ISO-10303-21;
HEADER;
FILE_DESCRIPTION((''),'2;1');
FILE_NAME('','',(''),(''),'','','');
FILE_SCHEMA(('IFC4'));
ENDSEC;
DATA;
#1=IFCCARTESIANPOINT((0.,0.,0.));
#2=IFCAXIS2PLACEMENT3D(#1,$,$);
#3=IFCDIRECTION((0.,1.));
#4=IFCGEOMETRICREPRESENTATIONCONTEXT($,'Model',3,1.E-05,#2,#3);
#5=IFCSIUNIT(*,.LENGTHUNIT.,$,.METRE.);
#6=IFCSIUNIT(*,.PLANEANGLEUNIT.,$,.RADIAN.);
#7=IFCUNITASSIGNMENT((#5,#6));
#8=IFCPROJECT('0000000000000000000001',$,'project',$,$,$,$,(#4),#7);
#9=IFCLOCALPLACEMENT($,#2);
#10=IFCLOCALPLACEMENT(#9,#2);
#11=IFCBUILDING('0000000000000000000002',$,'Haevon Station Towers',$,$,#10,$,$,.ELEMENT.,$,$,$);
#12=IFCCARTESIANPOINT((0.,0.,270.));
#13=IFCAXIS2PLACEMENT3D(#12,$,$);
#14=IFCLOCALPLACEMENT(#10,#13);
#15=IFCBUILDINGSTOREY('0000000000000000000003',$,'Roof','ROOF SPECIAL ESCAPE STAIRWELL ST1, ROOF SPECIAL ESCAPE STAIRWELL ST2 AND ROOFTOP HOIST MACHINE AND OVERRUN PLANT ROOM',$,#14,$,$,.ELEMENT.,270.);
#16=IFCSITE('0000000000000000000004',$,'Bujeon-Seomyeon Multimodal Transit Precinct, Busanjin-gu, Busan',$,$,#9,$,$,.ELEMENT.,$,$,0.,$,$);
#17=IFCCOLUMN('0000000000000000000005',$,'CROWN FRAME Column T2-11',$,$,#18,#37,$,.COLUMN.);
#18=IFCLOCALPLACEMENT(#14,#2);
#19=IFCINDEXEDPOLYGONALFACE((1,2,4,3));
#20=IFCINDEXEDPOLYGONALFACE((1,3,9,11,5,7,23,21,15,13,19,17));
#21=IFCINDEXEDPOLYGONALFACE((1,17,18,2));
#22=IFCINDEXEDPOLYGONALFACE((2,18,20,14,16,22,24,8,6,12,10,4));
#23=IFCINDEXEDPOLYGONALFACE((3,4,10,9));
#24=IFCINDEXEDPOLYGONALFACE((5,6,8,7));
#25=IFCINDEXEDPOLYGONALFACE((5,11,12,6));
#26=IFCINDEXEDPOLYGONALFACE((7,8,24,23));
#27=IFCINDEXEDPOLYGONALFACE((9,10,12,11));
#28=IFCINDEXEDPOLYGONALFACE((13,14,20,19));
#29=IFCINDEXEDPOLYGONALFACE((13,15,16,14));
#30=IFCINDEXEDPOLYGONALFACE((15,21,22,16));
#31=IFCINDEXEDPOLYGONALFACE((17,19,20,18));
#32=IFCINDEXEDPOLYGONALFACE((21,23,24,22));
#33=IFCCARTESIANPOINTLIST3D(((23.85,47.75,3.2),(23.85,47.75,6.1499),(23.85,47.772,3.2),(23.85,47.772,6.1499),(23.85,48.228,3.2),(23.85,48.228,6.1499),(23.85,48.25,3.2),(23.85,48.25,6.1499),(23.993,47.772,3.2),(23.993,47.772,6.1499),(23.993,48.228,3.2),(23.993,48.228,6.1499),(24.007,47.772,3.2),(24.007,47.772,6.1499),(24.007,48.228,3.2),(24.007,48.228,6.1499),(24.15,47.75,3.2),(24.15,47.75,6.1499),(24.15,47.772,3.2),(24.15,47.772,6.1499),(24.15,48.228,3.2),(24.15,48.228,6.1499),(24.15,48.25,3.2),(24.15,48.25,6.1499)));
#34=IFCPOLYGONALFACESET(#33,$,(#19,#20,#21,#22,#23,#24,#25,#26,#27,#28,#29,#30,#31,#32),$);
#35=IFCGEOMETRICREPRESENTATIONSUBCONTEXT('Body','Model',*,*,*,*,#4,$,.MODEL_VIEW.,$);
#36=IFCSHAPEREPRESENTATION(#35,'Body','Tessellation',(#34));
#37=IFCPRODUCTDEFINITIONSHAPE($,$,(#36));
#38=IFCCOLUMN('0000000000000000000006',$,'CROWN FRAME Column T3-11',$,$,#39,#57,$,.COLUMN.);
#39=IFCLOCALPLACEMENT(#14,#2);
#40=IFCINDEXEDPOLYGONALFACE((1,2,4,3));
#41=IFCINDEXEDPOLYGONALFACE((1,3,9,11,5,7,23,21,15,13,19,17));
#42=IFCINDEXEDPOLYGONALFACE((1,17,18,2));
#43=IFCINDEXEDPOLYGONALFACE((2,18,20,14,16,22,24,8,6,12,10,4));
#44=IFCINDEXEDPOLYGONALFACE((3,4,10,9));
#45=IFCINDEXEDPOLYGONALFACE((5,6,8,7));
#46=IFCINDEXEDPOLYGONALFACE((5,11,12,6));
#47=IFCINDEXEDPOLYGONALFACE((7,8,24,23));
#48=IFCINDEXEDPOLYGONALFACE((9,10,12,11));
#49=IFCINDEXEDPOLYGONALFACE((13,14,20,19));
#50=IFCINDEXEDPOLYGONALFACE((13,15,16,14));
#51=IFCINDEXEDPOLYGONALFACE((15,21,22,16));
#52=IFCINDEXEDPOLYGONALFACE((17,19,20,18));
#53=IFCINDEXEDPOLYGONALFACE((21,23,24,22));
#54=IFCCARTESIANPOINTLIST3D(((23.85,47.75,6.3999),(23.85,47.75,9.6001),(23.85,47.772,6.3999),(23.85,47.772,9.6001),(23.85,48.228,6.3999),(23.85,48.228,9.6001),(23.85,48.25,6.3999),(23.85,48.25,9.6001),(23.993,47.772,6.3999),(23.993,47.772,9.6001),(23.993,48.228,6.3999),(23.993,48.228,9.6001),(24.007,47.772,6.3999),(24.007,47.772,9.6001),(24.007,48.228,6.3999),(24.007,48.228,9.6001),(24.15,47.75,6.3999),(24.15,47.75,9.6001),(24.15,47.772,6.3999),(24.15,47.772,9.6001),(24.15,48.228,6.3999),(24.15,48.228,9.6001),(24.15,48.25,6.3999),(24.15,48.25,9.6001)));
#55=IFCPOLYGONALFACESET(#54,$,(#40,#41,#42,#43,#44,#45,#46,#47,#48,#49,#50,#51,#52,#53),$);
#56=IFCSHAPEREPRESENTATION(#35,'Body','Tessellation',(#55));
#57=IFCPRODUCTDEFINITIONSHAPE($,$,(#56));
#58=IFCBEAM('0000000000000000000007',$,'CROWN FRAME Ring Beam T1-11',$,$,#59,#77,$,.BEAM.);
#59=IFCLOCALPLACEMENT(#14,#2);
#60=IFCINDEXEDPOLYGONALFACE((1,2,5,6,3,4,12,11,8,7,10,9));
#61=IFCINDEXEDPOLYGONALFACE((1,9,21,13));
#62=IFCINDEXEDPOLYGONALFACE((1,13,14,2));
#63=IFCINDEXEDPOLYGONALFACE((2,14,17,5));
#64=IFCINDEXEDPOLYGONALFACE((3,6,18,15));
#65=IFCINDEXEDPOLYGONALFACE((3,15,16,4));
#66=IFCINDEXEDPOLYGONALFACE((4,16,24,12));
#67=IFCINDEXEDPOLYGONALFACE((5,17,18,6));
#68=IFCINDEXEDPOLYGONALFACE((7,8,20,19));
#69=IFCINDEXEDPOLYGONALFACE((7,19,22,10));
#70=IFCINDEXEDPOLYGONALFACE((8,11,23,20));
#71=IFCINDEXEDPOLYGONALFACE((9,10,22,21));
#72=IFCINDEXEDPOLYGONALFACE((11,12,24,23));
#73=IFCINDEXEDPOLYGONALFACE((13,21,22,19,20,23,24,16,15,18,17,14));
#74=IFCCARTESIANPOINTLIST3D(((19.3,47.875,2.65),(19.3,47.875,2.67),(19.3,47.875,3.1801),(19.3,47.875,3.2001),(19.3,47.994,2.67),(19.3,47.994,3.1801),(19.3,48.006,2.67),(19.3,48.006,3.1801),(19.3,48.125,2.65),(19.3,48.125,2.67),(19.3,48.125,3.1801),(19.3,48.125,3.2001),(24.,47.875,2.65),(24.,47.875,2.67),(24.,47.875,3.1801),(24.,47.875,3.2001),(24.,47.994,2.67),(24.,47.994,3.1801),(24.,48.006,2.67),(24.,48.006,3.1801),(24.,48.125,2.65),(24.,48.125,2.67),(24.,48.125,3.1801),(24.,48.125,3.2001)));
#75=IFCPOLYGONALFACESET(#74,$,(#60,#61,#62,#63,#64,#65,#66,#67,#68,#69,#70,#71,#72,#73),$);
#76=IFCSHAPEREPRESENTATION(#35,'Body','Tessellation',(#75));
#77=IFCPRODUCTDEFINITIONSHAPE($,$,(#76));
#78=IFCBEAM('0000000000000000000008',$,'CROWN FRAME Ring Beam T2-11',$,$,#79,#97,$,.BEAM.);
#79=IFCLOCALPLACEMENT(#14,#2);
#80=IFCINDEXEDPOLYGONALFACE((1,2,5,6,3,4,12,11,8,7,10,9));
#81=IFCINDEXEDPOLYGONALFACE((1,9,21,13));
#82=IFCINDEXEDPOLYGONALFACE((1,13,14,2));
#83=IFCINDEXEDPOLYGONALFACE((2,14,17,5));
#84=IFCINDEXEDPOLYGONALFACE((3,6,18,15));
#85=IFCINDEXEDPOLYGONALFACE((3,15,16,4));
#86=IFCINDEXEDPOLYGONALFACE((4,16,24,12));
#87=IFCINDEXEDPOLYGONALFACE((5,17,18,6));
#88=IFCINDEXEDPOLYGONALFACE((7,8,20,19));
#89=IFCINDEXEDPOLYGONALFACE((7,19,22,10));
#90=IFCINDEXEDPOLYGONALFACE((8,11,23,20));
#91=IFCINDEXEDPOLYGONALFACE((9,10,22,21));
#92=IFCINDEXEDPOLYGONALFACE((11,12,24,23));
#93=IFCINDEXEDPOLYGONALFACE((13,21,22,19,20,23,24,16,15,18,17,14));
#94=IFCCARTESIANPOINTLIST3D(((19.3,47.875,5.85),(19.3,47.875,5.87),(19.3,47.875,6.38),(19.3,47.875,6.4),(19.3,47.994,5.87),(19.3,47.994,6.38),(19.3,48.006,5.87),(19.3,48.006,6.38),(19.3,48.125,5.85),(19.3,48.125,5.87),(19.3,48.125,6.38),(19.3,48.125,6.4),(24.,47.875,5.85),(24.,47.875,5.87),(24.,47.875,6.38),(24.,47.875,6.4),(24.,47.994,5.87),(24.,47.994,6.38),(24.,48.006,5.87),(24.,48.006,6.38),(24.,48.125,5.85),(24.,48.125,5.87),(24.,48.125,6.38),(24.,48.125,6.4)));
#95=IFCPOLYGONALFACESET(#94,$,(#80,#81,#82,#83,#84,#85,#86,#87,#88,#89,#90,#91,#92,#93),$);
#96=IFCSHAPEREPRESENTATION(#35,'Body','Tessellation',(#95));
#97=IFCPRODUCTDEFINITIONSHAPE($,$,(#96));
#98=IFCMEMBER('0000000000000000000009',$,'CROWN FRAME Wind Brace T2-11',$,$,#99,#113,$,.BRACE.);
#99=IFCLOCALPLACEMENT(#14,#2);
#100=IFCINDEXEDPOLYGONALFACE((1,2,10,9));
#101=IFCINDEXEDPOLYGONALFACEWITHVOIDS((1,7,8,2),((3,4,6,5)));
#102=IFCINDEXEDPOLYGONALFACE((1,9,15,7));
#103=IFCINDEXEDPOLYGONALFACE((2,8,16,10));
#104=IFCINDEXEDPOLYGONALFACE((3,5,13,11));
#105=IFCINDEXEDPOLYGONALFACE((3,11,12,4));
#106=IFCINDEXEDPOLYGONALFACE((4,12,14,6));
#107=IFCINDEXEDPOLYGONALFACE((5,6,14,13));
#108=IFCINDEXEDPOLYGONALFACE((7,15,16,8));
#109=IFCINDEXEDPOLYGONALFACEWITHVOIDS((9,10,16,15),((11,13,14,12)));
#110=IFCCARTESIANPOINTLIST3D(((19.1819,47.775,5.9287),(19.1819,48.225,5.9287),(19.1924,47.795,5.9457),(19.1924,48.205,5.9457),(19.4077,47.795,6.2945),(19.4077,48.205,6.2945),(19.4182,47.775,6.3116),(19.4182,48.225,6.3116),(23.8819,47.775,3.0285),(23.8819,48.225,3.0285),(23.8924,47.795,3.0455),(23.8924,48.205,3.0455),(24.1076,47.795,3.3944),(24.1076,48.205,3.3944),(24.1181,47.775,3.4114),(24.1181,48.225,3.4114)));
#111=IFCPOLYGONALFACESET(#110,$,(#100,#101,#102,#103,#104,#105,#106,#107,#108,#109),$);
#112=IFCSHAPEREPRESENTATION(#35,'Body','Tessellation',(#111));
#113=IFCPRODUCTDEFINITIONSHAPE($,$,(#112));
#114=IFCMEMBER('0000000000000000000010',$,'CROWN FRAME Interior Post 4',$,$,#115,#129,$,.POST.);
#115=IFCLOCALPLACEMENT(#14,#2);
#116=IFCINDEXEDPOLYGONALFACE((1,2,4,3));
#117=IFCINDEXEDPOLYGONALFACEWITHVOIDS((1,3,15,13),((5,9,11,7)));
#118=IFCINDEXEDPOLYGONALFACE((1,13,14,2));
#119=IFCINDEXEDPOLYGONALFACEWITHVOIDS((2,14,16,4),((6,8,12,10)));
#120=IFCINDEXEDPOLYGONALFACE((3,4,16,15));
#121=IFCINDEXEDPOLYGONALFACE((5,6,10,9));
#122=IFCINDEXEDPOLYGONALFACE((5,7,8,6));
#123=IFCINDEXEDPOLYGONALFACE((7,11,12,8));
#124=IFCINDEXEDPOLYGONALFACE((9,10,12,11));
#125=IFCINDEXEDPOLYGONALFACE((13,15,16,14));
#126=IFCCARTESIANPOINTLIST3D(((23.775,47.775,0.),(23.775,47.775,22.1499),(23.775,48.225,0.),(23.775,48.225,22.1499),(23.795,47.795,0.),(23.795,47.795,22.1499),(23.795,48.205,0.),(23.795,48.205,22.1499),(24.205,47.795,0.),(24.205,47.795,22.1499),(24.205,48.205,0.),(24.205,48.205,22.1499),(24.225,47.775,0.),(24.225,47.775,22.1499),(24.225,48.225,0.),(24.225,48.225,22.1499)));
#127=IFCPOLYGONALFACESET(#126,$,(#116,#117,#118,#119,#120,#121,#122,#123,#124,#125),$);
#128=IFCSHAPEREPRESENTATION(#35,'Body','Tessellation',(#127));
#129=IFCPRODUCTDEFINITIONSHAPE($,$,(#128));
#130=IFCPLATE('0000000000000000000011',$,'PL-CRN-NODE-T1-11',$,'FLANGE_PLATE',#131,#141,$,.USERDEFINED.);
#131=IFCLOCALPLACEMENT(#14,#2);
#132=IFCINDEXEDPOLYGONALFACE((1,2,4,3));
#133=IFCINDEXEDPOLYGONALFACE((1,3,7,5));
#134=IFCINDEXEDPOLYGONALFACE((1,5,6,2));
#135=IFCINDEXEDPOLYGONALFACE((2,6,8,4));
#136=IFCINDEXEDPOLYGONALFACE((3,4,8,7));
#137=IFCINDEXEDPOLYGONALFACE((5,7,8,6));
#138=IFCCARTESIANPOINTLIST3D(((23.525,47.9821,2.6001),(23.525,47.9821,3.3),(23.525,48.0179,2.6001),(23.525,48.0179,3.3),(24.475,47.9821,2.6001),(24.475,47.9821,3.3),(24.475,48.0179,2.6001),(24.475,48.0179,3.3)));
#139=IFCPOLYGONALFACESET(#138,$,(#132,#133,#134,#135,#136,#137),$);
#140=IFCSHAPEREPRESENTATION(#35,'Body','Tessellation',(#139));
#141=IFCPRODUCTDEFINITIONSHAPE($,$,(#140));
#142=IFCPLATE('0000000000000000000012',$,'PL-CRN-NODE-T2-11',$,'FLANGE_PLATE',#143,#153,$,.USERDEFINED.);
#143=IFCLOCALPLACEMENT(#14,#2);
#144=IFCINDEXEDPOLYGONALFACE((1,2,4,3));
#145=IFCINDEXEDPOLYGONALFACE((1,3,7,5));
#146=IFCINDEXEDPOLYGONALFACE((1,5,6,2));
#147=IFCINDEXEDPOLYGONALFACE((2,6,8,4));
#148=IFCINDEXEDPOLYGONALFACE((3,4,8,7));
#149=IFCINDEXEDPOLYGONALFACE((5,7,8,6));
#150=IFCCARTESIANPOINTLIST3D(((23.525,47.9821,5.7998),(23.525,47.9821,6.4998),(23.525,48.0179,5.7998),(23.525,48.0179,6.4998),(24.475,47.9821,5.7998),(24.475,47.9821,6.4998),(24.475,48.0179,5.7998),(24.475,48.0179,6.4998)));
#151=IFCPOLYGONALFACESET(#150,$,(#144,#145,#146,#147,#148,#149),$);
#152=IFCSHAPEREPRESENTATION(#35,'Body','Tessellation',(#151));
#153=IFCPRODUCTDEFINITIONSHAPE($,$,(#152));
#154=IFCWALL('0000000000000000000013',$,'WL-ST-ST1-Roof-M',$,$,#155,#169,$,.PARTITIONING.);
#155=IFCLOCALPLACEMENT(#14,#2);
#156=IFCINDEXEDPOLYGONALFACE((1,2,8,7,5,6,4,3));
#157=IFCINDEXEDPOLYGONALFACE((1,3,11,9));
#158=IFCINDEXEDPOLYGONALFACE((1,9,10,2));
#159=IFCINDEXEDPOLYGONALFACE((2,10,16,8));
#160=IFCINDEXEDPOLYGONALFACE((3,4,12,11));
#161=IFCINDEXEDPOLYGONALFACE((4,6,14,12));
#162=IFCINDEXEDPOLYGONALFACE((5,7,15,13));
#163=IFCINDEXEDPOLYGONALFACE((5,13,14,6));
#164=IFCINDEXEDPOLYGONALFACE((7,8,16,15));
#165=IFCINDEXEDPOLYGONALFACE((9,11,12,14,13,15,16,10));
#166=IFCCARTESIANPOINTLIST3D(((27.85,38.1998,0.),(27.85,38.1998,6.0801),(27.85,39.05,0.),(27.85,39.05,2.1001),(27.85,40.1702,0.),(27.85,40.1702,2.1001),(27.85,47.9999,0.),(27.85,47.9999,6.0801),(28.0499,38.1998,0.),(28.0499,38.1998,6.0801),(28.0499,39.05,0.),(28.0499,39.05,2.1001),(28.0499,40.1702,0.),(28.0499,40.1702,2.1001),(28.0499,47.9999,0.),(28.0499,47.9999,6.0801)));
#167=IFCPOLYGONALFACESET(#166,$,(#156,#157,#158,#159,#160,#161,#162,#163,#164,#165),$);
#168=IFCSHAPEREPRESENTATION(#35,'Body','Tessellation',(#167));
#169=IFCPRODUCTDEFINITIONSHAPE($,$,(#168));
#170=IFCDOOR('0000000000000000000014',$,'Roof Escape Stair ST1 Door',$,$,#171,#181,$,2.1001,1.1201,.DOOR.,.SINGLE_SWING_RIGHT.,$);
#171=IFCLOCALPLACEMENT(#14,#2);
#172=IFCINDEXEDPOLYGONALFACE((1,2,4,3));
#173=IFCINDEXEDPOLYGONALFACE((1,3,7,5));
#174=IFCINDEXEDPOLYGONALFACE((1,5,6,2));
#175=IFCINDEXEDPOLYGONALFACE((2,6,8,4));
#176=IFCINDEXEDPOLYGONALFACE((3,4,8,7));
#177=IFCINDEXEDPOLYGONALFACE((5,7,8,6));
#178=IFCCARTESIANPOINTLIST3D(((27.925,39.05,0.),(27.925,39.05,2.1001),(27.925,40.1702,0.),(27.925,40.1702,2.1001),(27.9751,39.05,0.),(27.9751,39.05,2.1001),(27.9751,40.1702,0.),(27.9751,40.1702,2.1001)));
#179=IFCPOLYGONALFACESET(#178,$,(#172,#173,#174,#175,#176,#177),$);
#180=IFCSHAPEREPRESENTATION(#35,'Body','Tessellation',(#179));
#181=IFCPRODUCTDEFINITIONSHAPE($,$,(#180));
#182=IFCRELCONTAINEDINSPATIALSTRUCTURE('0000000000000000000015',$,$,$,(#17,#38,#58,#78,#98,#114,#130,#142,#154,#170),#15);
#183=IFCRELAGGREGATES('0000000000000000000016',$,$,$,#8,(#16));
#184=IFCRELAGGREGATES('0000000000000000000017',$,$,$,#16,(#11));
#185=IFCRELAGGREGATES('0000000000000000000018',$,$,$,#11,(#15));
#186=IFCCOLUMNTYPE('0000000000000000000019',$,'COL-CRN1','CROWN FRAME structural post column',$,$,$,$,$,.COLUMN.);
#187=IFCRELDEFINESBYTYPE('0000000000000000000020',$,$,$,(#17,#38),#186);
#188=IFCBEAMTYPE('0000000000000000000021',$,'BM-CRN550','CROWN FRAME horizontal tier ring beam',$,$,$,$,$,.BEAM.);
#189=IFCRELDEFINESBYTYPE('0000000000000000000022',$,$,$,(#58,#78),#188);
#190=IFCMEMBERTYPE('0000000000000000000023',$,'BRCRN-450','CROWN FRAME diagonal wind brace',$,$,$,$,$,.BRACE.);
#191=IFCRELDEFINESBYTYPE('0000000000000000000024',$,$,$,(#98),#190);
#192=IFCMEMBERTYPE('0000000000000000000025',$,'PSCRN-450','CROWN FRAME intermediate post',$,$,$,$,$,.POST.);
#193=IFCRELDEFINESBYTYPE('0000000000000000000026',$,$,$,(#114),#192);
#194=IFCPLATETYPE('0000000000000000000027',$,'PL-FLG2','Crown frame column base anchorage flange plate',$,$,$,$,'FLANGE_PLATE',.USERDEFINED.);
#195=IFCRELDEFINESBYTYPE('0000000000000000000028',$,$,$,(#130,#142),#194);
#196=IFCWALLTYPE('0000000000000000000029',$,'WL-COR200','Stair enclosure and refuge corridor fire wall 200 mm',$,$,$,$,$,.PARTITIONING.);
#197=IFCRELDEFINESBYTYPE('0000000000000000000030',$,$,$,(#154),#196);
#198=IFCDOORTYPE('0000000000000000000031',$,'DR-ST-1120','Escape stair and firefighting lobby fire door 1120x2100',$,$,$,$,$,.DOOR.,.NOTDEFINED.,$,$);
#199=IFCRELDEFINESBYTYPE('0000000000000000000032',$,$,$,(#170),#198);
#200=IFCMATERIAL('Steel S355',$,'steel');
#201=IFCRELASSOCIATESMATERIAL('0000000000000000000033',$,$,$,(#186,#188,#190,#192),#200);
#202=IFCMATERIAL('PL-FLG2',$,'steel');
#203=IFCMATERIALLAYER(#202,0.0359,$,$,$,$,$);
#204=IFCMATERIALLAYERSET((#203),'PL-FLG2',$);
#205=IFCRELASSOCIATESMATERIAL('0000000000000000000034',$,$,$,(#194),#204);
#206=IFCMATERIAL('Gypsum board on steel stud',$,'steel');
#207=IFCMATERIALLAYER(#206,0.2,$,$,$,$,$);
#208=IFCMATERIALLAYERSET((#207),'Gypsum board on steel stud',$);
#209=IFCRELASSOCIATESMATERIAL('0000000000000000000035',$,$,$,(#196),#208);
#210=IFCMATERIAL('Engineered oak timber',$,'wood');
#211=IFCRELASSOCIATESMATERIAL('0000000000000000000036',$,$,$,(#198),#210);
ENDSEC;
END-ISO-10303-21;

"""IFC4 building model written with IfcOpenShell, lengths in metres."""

from ifc_helpers import new_model, si_unit, direction, frame, frame_2d, origin, origin_2d, place, context, subcontext, project, spatial, rectangle, hollow_rectangle, i_section, extrude, material, layer, layer_set, material_profile, profile_set, type_object, element, fill, save


model = new_model("IFC4")

# Units and contexts
model_context = context("Model", 3, precision=1e-05, world=origin(), true_north=direction((0.0, 1.0)))
body_context = subcontext(model_context, "Body", "Model", "MODEL_VIEW")
ifc_project = project(units=[si_unit("LENGTHUNIT", "METRE"), si_unit("PLANEANGLEUNIT", "RADIAN")], contexts=[model_context])

# Site, building, storey
site_placement = place(None, origin())
site = spatial("IfcSite", under=ifc_project, at=site_placement, Name="Bujeon-Seomyeon Multimodal Transit Precinct, Busanjin-gu, Busan", CompositionType="ELEMENT", RefElevation=0.0)
building_placement = place(site_placement, origin())
building = spatial("IfcBuilding", under=site, at=building_placement, Name="Haevon Station Towers", CompositionType="ELEMENT")
storey_placement = place(building_placement, frame((0.0, 0.0, 270.0)))
storey = spatial("IfcBuildingStorey", under=building, at=storey_placement, Name="Roof", Description="ROOF SPECIAL ESCAPE STAIRWELL ST1, ROOF SPECIAL ESCAPE STAIRWELL ST2 AND ROOFTOP HOIST MACHINE AND OVERRUN PLANT ROOM", CompositionType="ELEMENT", Elevation=270.0)

# Columns
ifc_material_1 = material(Name="Steel S355", Category="steel")
ifc_material_profile_1 = material_profile(ifc_material_1, i_section(OverallWidth=0.3, OverallDepth=0.5, WebThickness=0.0139, FlangeThickness=0.022, at=origin_2d()), Name="H-500x300x14x22")
ifc_profile_set_1 = profile_set([ifc_material_profile_1], Name="Steel S355")
column_type = type_object("IfcColumnType", Name="COL-CRN1", Description="CROWN FRAME structural post column", PredefinedType="COLUMN", material=ifc_profile_set_1)
column_1_placement = place(storey_placement, frame((24.0, 48.0, 3.2), z_axis=(0.0, 0.0, 1.0), x_axis=(1.0, 0.0, 0.0)))
element("IfcColumn", 1, at=column_1_placement, inside=storey, type_object=column_type, Name="CROWN FRAME Column T2-11", PredefinedType="COLUMN", context=body_context, shape_type="SweptSolid", body=[
    extrude(i_section(OverallWidth=0.3, OverallDepth=0.5, WebThickness=0.0139, FlangeThickness=0.022, at=origin_2d()), origin(), (0.0, 0.0, 1.0), 2.95),
])
column_2_placement = place(storey_placement, frame((24.0, 48.0, 6.3999), z_axis=(0.0, 0.0, 1.0), x_axis=(1.0, 0.0, 0.0)))
element("IfcColumn", 2, at=column_2_placement, inside=storey, type_object=column_type, Name="CROWN FRAME Column T3-11", PredefinedType="COLUMN", context=body_context, shape_type="SweptSolid", body=[
    extrude(i_section(OverallWidth=0.3, OverallDepth=0.5, WebThickness=0.0139, FlangeThickness=0.022, at=origin_2d()), origin(), (0.0, 0.0, 1.0), 3.2002),
])

# Beams
ifc_material_profile_2 = material_profile(ifc_material_1, i_section(OverallWidth=0.25, OverallDepth=0.55, WebThickness=0.012, FlangeThickness=0.02, at=origin_2d()), Name="H-550x250x12x20")
ifc_profile_set_2 = profile_set([ifc_material_profile_2], Name="Steel S355")
beam_type = type_object("IfcBeamType", Name="BM-CRN550", Description="CROWN FRAME horizontal tier ring beam", PredefinedType="BEAM", material=ifc_profile_set_2)
for number, where, z_axis, x_axis, name in (
    (3, (24.0, 48.0, 2.925), (-1.0, 0.0, 0.0), (0.0, -1.0, 0.0), "CROWN FRAME Ring Beam T1-11"),
    (4, (24.0, 48.0, 6.125), (-1.0, 0.0, 0.0), (0.0, -1.0, 0.0), "CROWN FRAME Ring Beam T2-11"),
):
    element("IfcBeam", number, at=place(storey_placement, frame(where, z_axis=z_axis, x_axis=x_axis)), inside=storey, type_object=beam_type, Name=name, PredefinedType="BEAM", context=body_context, shape_type="SweptSolid", body=[
        extrude(i_section(OverallWidth=0.25, OverallDepth=0.55, WebThickness=0.012, FlangeThickness=0.02, at=origin_2d()), origin(), (0.0, 0.0, 1.0), 4.7),
    ])

# Members
ifc_material_profile_3 = material_profile(ifc_material_1, hollow_rectangle(XDim=0.45, YDim=0.45, WallThickness=0.02, at=origin_2d()), Name="RHS-450x450x20")
ifc_profile_set_3 = profile_set([ifc_material_profile_3], Name="Steel S355")
member_type_1 = type_object("IfcMemberType", Name="BRCRN-450", Description="CROWN FRAME diagonal wind brace", PredefinedType="BRACE", material=ifc_profile_set_3)
member_1_placement = place(storey_placement, frame((24.0, 48.0, 3.22), z_axis=(-0.851022, 0.0, 0.52513), x_axis=(0.0, -1.0, 0.0)))
element("IfcMember", 5, at=member_1_placement, inside=storey, type_object=member_type_1, Name="CROWN FRAME Wind Brace T2-11", PredefinedType="BRACE", context=body_context, shape_type="SweptSolid", body=[
    extrude(hollow_rectangle(XDim=0.45, YDim=0.45, WallThickness=0.02, at=origin_2d()), origin(), (0.0, 0.0, 1.0), 5.5227),
])
ifc_material_profile_4 = material_profile(ifc_material_1, hollow_rectangle(XDim=0.45, YDim=0.45, WallThickness=0.02, at=origin_2d()), Name="RHS-450x450x20")
ifc_profile_set_4 = profile_set([ifc_material_profile_4], Name="Steel S355")
member_type_2 = type_object("IfcMemberType", Name="PSCRN-450", Description="CROWN FRAME intermediate post", PredefinedType="POST", material=ifc_profile_set_4)
member_2_placement = place(storey_placement, frame((24.0, 48.0, 0.0), z_axis=(0.0, 0.0, 1.0), x_axis=(1.0, 0.0, 0.0)))
element("IfcMember", 6, at=member_2_placement, inside=storey, type_object=member_type_2, Name="CROWN FRAME Interior Post 4", PredefinedType="POST", context=body_context, shape_type="SweptSolid", body=[
    extrude(hollow_rectangle(XDim=0.45, YDim=0.45, WallThickness=0.02, at=origin_2d()), origin(), (0.0, 0.0, 1.0), 22.1499),
])

# Plates
ifc_material_2 = material(Name="PL-FLG2", Category="steel")
ifc_layer_1 = layer(ifc_material_2, 0.0359)
ifc_layer_set_1 = layer_set([ifc_layer_1], Name="PL-FLG2")
plate_type = type_object("IfcPlateType", Name="PL-FLG2", Description="Crown frame column base anchorage flange plate", ElementType="FLANGE_PLATE", PredefinedType="USERDEFINED", material=ifc_layer_set_1)
for number, where, z_axis, x_axis, name in (
    (7, (24.0, 48.0, 2.6001), (0.0, 0.0, 1.0), (-1.0, 0.0, 0.0), "PL-CRN-NODE-T1-11"),
    (8, (24.0, 48.0, 5.7998), (0.0, 0.0, 1.0), (-1.0, 0.0, 0.0), "PL-CRN-NODE-T2-11"),
):
    element("IfcPlate", number, at=place(storey_placement, frame(where, z_axis=z_axis, x_axis=x_axis)), inside=storey, type_object=plate_type, Name=name, ObjectType="FLANGE_PLATE", PredefinedType="USERDEFINED", context=body_context, shape_type="SweptSolid", body=[
        extrude(rectangle(XDim=0.95, YDim=0.0359, at=origin_2d()), origin(), (0.0, 0.0, 1.0), 0.7),
    ])

# Wall, opening, door
ifc_material_3 = material(Name="Gypsum board on steel stud", Category="steel")
ifc_layer_2 = layer(ifc_material_3, 0.2)
ifc_layer_set_2 = layer_set([ifc_layer_2], Name="Gypsum board on steel stud")
wall_type_1 = type_object("IfcWallType", Name="WL-COR200", Description="Stair enclosure and refuge corridor fire wall 200 mm", PredefinedType="PARTITIONING", material=ifc_layer_set_2)
wall_1_placement = place(storey_placement, frame((27.95, 38.2, 0.0), z_axis=(0.0, 0.0, 1.0), x_axis=(0.0, 1.0, 0.0)))
wall_1 = element("IfcWall", 9, at=wall_1_placement, inside=storey, type_object=wall_type_1, Name="WL-ST-ST1-Roof-M", PredefinedType="PARTITIONING", context=body_context, shape_type="SweptSolid", body=[
    extrude(rectangle(XDim=9.8, YDim=0.2, at=frame_2d((4.8999, 0.0))), origin(), (0.0, 0.0, 1.0), 6.0801),
])
opening_1_placement = place(wall_1_placement, frame((0.8501, 0.0, 0.0)))
opening_1 = element("IfcOpeningElement", 10, at=opening_1_placement, cuts=wall_1, PredefinedType="OPENING", context=body_context, shape_type="SweptSolid", body=[
    extrude(rectangle(XDim=1.1201, YDim=2.1001, at=frame_2d((0.5601, 1.05))), frame((0.0, 0.1099, 0.0), z_axis=(0.0, -1.0, 0.0), x_axis=(1.0, 0.0, 0.0)), (0.0, 0.0, 1.0), 0.22),
])
ifc_material_4 = material(Name="Engineered oak timber", Category="wood")
door_type_1 = type_object("IfcDoorType", Name="DR-ST-1120", Description="Escape stair and firefighting lobby fire door 1120x2100", OperationType="NOTDEFINED", PredefinedType="DOOR", material=ifc_material_4)
door_1_placement = place(opening_1_placement, origin())
door_1 = element("IfcDoor", 11, at=door_1_placement, inside=storey, type_object=door_type_1, Name="Roof Escape Stair ST1 Door", OperationType="SINGLE_SWING_RIGHT", OverallHeight=2.1001, OverallWidth=1.1201, PredefinedType="DOOR", context=body_context, shape_type="SweptSolid", body=[
    extrude(rectangle(XDim=1.1201, YDim=2.1001, at=frame_2d((0.5601, 1.05))), frame((0.0, 0.0249, 0.0), z_axis=(0.0, -1.0, 0.0), x_axis=(1.0, 0.0, 0.0)), (0.0, 0.0, 1.0), 0.05),
])
fill(opening_1, door_1)

save(model, "model.ifc")
